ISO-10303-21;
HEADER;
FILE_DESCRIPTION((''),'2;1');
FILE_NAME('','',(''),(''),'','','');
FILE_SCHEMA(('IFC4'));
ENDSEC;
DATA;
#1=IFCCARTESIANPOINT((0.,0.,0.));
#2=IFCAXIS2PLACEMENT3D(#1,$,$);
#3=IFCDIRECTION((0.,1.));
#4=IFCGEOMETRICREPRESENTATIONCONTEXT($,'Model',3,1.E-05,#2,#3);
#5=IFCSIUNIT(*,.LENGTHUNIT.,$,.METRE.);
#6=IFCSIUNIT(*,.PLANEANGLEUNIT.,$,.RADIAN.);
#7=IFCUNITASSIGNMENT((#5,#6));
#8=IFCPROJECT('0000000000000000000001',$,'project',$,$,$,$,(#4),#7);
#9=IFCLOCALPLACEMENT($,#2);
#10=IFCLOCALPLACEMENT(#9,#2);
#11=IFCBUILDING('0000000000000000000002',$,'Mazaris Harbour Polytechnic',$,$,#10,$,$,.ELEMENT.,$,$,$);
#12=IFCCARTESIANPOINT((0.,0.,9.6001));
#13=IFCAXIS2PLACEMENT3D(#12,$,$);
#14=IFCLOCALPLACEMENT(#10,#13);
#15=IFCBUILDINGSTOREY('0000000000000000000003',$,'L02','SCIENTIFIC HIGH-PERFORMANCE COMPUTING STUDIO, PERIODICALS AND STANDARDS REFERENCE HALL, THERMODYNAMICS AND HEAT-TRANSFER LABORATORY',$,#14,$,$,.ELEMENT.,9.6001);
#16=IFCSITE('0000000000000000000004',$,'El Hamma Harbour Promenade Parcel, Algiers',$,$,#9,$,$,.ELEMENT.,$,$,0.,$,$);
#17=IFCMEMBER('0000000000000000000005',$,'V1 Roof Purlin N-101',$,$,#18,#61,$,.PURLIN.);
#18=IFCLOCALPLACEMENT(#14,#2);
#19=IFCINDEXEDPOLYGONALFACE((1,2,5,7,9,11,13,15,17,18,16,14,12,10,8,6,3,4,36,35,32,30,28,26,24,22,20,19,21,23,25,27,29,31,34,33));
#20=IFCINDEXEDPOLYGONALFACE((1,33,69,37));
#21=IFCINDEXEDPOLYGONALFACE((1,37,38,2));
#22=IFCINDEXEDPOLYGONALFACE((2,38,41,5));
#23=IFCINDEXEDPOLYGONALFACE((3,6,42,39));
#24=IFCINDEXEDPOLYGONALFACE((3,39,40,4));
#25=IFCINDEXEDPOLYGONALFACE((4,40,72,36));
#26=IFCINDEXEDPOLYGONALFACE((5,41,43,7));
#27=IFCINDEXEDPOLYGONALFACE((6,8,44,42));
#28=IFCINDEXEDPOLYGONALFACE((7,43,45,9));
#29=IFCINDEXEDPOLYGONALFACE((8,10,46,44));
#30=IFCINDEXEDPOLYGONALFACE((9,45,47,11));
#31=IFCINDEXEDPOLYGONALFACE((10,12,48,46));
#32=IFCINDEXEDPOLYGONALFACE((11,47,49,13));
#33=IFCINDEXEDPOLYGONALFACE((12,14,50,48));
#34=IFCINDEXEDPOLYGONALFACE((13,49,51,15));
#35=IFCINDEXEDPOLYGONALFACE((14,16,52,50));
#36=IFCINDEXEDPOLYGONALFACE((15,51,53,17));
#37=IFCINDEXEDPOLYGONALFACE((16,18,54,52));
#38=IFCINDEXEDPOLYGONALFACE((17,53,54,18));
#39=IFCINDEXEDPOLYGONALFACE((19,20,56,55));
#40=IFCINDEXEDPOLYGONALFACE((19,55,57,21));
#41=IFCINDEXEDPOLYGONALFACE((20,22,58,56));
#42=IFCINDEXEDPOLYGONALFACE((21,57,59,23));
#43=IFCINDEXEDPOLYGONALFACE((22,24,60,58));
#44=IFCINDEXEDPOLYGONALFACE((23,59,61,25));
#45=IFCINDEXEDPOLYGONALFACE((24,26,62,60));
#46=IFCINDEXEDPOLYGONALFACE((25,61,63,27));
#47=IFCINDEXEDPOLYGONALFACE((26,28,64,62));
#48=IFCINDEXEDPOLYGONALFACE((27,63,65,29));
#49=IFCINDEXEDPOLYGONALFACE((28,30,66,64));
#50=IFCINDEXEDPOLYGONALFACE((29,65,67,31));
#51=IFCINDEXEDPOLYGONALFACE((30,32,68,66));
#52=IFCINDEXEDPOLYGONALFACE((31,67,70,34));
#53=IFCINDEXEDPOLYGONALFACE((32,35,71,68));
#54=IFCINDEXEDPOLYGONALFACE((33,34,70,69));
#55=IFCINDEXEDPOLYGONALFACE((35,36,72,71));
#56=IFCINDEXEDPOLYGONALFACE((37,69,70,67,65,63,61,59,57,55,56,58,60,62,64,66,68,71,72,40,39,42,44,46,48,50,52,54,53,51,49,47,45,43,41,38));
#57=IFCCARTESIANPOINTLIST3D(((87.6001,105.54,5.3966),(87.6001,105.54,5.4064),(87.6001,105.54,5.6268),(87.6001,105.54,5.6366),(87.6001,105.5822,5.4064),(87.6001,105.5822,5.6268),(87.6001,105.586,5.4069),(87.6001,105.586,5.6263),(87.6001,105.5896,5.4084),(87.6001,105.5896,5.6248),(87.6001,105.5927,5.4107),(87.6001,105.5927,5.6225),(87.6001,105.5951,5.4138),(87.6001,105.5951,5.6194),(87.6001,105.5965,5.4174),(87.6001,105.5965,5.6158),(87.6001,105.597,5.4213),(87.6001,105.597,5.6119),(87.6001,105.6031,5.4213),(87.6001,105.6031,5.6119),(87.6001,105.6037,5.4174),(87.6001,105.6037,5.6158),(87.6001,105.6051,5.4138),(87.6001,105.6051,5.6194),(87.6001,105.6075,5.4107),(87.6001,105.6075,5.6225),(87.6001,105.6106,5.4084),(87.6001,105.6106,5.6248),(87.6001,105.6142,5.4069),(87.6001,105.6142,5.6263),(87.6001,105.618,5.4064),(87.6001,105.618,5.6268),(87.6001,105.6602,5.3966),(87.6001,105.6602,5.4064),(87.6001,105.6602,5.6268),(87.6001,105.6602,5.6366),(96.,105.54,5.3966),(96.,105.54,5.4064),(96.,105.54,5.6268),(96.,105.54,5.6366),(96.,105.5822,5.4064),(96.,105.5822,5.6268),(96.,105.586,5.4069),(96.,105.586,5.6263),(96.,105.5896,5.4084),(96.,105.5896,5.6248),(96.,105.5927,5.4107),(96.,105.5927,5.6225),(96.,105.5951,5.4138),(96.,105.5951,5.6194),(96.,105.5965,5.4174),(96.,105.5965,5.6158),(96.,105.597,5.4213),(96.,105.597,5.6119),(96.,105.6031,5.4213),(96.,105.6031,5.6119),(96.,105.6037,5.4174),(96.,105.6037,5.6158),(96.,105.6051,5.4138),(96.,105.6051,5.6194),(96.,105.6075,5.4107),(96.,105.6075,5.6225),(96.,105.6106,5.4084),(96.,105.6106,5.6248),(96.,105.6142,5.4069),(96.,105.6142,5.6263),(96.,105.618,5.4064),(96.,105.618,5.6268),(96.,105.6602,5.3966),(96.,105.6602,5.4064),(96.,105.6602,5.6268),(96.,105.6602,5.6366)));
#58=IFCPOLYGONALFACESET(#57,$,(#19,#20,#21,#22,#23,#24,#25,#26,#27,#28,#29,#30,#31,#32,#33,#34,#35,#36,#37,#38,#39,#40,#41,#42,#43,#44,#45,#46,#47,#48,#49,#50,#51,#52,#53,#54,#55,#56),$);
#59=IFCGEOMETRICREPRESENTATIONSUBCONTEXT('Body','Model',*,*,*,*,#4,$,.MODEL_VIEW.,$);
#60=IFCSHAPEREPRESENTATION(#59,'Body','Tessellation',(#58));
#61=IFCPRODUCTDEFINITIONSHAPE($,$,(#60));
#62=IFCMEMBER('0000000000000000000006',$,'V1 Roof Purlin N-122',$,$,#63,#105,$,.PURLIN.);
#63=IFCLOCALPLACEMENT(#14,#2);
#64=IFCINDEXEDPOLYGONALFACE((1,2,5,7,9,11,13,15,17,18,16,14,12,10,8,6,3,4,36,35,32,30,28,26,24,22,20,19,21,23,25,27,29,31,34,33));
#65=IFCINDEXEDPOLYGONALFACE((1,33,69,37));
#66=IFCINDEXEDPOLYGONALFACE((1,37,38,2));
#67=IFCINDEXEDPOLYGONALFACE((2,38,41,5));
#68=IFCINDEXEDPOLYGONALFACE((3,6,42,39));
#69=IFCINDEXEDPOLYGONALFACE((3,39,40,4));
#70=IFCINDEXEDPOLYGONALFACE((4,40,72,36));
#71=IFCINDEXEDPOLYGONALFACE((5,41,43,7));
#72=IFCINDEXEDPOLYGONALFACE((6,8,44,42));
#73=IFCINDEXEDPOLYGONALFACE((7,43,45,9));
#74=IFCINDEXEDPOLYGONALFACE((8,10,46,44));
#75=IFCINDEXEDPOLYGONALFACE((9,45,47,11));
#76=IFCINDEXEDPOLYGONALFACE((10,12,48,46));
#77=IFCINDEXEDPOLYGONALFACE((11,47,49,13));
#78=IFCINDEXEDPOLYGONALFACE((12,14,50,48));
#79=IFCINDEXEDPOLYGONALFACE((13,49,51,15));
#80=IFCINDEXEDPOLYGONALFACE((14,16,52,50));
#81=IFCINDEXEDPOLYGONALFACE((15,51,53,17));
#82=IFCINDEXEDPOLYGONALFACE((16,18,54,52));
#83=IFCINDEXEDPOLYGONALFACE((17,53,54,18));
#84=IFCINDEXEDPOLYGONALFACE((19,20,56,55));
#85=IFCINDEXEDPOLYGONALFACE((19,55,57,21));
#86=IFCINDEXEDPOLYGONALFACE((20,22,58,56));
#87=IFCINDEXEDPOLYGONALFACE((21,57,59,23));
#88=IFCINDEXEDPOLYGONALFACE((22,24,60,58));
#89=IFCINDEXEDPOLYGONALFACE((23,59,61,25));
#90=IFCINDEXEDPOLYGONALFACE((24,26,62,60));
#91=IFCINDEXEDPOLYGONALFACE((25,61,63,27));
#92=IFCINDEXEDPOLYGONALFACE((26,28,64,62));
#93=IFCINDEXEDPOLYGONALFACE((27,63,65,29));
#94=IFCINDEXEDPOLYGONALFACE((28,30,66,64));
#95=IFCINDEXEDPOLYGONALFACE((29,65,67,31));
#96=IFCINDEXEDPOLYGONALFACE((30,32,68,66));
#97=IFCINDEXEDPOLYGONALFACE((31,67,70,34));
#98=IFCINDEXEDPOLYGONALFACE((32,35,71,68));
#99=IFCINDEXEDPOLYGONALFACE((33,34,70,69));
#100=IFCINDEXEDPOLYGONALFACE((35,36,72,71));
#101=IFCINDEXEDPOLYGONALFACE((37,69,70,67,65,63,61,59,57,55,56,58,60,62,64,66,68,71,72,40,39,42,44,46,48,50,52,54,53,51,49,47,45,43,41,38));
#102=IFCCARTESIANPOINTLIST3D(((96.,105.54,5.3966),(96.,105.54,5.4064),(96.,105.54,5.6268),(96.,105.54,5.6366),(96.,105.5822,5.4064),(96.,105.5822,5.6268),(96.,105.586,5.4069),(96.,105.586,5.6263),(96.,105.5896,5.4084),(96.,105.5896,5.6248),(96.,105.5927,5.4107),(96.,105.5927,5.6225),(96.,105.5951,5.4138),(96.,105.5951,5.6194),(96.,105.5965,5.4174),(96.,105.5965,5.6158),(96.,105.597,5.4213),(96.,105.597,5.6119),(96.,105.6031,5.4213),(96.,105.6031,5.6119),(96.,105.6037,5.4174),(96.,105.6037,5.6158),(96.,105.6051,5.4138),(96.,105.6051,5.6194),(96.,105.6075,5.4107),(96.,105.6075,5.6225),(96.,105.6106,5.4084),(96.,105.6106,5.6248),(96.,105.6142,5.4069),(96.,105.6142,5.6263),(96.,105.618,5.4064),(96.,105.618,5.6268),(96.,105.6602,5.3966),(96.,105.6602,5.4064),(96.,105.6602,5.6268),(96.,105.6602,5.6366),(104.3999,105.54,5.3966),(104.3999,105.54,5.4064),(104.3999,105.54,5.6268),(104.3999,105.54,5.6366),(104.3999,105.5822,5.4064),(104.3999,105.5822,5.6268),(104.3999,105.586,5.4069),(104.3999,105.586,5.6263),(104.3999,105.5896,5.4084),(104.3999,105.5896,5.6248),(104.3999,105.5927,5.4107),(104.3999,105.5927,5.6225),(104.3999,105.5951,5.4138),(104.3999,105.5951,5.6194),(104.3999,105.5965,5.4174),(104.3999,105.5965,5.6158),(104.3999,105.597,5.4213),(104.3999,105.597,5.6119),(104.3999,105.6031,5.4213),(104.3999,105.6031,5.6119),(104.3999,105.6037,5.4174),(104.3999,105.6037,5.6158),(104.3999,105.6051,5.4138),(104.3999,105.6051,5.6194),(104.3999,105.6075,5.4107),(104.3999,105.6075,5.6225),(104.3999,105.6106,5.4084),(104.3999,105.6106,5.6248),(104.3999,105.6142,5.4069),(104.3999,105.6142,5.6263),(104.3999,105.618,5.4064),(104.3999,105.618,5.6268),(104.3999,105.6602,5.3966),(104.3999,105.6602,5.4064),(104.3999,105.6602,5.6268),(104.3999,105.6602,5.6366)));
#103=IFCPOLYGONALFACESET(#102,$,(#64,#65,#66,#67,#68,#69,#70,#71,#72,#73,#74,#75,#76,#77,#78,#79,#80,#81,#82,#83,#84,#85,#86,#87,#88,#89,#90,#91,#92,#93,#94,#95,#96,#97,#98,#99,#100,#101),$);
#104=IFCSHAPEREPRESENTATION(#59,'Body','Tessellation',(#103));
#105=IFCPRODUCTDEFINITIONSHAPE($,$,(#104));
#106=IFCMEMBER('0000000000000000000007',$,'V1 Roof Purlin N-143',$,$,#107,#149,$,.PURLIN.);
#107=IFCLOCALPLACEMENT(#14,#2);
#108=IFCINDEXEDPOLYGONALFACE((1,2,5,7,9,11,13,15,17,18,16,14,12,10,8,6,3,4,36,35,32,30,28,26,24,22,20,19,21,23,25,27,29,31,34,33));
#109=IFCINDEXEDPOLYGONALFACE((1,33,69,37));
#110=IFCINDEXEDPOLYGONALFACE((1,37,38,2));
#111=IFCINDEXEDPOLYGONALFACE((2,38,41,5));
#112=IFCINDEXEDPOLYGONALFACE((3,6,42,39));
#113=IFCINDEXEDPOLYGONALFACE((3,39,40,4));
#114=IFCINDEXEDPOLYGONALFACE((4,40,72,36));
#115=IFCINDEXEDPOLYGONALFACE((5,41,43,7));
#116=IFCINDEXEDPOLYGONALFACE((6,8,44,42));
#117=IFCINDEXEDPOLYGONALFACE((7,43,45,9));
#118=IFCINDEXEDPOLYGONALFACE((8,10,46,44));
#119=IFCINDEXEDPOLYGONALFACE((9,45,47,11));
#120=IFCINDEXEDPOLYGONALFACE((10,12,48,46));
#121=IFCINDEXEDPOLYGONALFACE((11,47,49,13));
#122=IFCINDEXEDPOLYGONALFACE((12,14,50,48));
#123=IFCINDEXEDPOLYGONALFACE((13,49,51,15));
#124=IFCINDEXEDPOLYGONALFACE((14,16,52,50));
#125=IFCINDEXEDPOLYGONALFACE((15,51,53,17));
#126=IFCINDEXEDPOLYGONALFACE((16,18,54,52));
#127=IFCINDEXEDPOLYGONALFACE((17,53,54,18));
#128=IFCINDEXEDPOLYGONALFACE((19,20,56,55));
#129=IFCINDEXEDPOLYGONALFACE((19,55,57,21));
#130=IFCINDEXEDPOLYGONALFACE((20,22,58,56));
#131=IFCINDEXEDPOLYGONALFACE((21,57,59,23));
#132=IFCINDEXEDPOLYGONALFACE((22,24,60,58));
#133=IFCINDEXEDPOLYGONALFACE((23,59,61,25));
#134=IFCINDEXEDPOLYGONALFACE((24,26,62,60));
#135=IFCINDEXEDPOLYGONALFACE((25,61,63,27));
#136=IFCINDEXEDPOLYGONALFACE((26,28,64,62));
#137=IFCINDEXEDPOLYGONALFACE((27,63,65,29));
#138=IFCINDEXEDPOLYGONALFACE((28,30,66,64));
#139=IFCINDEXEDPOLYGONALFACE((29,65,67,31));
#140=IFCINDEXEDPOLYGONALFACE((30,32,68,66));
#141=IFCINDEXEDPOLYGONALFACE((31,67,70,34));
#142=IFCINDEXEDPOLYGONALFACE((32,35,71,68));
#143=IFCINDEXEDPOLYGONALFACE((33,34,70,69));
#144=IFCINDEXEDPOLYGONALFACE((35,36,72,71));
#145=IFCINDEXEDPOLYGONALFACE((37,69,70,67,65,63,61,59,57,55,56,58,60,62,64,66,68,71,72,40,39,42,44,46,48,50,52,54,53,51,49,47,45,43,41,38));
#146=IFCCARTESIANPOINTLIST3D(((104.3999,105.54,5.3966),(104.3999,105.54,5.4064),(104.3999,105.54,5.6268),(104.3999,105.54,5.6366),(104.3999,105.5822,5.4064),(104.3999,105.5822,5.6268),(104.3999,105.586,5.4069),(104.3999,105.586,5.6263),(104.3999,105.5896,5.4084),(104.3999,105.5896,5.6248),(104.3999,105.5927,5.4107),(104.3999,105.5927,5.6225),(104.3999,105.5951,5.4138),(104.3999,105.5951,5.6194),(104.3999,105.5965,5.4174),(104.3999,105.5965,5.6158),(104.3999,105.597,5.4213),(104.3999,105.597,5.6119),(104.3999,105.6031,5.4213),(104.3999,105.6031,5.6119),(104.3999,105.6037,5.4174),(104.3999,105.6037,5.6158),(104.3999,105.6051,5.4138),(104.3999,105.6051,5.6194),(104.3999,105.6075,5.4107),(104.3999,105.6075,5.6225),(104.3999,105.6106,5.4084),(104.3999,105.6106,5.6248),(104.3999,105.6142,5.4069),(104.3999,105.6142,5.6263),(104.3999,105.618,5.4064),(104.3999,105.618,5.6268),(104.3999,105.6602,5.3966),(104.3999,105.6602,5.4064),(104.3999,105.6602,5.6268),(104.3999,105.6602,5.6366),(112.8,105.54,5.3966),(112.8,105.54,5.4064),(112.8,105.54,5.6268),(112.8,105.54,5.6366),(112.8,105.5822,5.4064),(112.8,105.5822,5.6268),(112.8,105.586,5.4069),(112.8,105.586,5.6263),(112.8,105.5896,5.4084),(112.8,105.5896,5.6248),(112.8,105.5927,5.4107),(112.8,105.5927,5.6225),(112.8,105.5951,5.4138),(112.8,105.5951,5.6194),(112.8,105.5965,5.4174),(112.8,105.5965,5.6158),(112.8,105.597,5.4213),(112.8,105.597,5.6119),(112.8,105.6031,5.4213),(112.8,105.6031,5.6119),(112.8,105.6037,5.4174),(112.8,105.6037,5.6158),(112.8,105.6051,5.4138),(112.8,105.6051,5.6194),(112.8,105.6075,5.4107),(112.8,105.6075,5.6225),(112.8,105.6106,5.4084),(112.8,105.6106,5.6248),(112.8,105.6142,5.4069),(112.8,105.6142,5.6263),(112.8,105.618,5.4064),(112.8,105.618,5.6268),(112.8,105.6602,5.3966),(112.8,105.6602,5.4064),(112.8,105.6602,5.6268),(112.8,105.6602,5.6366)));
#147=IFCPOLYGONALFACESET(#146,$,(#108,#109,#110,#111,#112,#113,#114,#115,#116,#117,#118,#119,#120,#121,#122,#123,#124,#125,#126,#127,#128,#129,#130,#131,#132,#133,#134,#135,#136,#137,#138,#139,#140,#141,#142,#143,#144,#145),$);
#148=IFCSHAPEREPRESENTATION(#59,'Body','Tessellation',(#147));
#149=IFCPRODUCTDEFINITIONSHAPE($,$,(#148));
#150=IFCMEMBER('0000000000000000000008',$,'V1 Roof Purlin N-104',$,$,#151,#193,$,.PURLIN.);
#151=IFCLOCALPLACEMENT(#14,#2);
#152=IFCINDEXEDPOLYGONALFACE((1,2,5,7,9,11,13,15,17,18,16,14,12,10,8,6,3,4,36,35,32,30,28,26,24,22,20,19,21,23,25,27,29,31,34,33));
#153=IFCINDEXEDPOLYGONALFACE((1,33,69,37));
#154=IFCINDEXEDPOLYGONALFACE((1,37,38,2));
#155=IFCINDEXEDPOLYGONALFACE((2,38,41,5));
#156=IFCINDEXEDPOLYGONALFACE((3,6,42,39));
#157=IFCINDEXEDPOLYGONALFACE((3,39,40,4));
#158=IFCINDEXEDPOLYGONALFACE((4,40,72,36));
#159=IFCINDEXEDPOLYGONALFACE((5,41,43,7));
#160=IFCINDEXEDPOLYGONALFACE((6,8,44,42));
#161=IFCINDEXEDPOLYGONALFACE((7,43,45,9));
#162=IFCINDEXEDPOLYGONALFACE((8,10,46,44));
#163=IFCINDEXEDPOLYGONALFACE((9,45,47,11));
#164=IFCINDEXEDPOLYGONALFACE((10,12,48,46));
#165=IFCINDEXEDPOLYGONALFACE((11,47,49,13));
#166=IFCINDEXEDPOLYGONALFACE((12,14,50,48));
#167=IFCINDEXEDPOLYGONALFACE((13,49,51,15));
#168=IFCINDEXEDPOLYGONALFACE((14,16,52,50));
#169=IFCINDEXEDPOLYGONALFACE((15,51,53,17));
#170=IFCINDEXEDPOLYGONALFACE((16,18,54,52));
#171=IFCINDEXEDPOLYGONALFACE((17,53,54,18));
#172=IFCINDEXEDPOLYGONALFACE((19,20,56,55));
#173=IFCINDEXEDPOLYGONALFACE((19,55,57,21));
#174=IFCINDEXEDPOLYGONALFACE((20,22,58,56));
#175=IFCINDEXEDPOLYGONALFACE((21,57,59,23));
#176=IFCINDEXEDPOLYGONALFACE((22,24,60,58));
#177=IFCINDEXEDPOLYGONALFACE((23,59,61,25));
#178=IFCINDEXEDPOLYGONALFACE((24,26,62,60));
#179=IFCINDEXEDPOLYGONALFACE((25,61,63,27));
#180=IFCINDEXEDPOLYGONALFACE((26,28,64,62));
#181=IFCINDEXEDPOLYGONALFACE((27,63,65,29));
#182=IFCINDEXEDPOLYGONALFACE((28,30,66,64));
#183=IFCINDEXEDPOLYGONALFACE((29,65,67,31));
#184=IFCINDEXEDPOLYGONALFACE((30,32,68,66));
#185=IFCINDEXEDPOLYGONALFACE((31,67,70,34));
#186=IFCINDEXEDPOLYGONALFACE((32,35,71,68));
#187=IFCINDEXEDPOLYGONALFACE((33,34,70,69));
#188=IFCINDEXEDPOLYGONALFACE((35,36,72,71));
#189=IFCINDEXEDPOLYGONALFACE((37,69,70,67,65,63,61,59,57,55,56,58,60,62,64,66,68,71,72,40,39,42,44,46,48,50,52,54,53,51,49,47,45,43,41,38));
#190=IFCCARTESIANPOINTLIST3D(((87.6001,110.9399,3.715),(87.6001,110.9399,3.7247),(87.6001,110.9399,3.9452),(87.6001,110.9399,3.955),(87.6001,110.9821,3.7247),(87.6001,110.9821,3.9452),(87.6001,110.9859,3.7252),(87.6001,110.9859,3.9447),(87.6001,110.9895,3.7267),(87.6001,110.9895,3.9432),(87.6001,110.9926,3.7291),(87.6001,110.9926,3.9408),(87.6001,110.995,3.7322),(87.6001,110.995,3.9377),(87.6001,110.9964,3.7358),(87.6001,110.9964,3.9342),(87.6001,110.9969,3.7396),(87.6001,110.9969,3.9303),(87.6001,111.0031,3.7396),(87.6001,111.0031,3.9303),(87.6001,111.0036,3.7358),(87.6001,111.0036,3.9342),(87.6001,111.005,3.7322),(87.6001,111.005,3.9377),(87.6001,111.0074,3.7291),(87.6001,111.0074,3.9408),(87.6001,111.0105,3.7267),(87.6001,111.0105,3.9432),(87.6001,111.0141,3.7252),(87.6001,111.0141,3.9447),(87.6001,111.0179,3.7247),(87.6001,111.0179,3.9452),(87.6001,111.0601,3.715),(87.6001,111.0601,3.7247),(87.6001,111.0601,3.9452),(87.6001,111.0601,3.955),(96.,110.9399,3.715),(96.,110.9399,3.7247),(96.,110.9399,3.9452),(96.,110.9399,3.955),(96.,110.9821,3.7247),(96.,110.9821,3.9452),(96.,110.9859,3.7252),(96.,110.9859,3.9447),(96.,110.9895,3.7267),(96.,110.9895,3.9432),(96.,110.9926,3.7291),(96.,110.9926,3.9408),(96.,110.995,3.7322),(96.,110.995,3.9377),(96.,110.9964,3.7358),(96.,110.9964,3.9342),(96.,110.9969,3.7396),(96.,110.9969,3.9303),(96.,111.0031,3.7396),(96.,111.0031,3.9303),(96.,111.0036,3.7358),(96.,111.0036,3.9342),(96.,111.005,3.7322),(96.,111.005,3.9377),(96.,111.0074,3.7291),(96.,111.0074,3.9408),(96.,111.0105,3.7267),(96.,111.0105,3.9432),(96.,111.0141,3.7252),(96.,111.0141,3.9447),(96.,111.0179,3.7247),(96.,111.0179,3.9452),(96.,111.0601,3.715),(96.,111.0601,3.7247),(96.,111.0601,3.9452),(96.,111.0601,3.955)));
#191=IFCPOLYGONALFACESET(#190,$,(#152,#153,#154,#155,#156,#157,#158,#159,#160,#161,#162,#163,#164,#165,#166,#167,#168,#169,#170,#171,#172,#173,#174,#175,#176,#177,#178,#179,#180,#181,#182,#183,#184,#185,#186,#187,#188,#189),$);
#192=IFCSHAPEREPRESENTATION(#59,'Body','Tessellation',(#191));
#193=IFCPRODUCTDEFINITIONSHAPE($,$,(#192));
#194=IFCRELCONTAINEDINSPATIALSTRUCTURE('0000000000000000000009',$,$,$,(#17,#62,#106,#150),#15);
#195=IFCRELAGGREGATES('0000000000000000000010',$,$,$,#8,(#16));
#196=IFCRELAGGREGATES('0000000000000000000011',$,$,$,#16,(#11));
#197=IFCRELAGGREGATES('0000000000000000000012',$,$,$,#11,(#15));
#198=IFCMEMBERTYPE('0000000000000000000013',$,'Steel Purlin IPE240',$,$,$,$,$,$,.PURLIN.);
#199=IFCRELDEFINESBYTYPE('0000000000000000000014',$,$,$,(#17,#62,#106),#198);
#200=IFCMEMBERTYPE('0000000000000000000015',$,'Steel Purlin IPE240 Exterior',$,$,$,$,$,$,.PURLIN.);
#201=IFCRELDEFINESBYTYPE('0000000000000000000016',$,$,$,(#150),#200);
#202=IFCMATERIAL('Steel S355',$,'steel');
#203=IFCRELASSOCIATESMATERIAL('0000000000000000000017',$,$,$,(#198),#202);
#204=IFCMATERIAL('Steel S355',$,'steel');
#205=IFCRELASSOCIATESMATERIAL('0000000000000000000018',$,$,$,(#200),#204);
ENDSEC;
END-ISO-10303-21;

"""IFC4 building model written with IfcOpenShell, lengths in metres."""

from ifc_helpers import new_model, si_unit, direction, frame, origin, origin_2d, place, context, subcontext, project, spatial, i_section, extrude, material, material_profile, profile_set, type_object, element, save


model = new_model("IFC4")

# Units and contexts
model_context = context("Model", 3, precision=1e-05, world=origin(), true_north=direction((0.0, 1.0)))
body_context = subcontext(model_context, "Body", "Model", "MODEL_VIEW")
ifc_project = project(units=[si_unit("LENGTHUNIT", "METRE"), si_unit("PLANEANGLEUNIT", "RADIAN")], contexts=[model_context])

# Site, building, storey
site_placement = place(None, origin())
site = spatial("IfcSite", under=ifc_project, at=site_placement, Name="El Hamma Harbour Promenade Parcel, Algiers", CompositionType="ELEMENT", RefElevation=0.0)
building_placement = place(site_placement, origin())
building = spatial("IfcBuilding", under=site, at=building_placement, Name="Mazaris Harbour Polytechnic", CompositionType="ELEMENT")
storey_placement = place(building_placement, frame((0.0, 0.0, 9.6001)))
storey = spatial("IfcBuildingStorey", under=building, at=storey_placement, Name="L02", Description="SCIENTIFIC HIGH-PERFORMANCE COMPUTING STUDIO, PERIODICALS AND STANDARDS REFERENCE HALL, THERMODYNAMICS AND HEAT-TRANSFER LABORATORY", CompositionType="ELEMENT", Elevation=9.6001)

# Members
ifc_material_1 = material(Name="Steel S355", Category="steel")
ifc_material_profile_1 = material_profile(ifc_material_1, i_section(OverallWidth=0.1201, OverallDepth=0.24, WebThickness=0.0061, FlangeThickness=0.0098, FilletRadius=0.0149, at=origin_2d()), Name="IPE 240")
ifc_profile_set_1 = profile_set([ifc_material_profile_1], Name="Steel S355")
member_type_1 = type_object("IfcMemberType", Name="Steel Purlin IPE240", PredefinedType="PURLIN", material=ifc_profile_set_1)
for number, where, z_axis, x_axis, name in (
    (1, (87.6001, 105.6001, 5.5166), (1.0, 0.0, 0.0), (0.0, 1.0, 0.0), "V1 Roof Purlin N-101"),
    (2, (96.0, 105.6001, 5.5166), (1.0, 0.0, 0.0), (0.0, 1.0, 0.0), "V1 Roof Purlin N-122"),
):
    element("IfcMember", number, at=place(storey_placement, frame(where, z_axis=z_axis, x_axis=x_axis)), inside=storey, type_object=member_type_1, Name=name, PredefinedType="PURLIN", context=body_context, shape_type="SweptSolid", body=[
        extrude(i_section(OverallWidth=0.1201, OverallDepth=0.24, WebThickness=0.0061, FlangeThickness=0.0098, FilletRadius=0.0149, at=origin_2d()), origin(), (0.0, 0.0, 1.0), 8.3999),
    ])
member_1_placement = place(storey_placement, frame((104.3999, 105.6001, 5.5166), z_axis=(1.0, 0.0, 0.0), x_axis=(0.0, 1.0, 0.0)))
element("IfcMember", 3, at=member_1_placement, inside=storey, type_object=member_type_1, Name="V1 Roof Purlin N-143", PredefinedType="PURLIN", context=body_context, shape_type="SweptSolid", body=[
    extrude(i_section(OverallWidth=0.1201, OverallDepth=0.24, WebThickness=0.0061, FlangeThickness=0.0098, FilletRadius=0.0149, at=origin_2d()), origin(), (0.0, 0.0, 1.0), 8.4001),
])
ifc_material_2 = material(Name="Steel S355", Category="steel")
ifc_material_profile_2 = material_profile(ifc_material_2, i_section(OverallWidth=0.1201, OverallDepth=0.24, WebThickness=0.0061, FlangeThickness=0.0098, FilletRadius=0.0149, at=origin_2d()), Name="IPE 240")
ifc_profile_set_2 = profile_set([ifc_material_profile_2], Name="Steel S355")
member_type_2 = type_object("IfcMemberType", Name="Steel Purlin IPE240 Exterior", PredefinedType="PURLIN", material=ifc_profile_set_2)
for number, where, z_axis, x_axis, name in (
    (4, (87.6001, 111.0, 3.835), (1.0, 0.0, 0.0), (0.0, 1.0, 0.0), "V1 Roof Purlin N-104"),
):
    element("IfcMember", number, at=place(storey_placement, frame(where, z_axis=z_axis, x_axis=x_axis)), inside=storey, type_object=member_type_2, Name=name, PredefinedType="PURLIN", context=body_context, shape_type="SweptSolid", body=[
        extrude(i_section(OverallWidth=0.1201, OverallDepth=0.24, WebThickness=0.0061, FlangeThickness=0.0098, FilletRadius=0.0149, at=origin_2d()), origin(), (0.0, 0.0, 1.0), 8.3999),
    ])

save(model, "model.ifc")
